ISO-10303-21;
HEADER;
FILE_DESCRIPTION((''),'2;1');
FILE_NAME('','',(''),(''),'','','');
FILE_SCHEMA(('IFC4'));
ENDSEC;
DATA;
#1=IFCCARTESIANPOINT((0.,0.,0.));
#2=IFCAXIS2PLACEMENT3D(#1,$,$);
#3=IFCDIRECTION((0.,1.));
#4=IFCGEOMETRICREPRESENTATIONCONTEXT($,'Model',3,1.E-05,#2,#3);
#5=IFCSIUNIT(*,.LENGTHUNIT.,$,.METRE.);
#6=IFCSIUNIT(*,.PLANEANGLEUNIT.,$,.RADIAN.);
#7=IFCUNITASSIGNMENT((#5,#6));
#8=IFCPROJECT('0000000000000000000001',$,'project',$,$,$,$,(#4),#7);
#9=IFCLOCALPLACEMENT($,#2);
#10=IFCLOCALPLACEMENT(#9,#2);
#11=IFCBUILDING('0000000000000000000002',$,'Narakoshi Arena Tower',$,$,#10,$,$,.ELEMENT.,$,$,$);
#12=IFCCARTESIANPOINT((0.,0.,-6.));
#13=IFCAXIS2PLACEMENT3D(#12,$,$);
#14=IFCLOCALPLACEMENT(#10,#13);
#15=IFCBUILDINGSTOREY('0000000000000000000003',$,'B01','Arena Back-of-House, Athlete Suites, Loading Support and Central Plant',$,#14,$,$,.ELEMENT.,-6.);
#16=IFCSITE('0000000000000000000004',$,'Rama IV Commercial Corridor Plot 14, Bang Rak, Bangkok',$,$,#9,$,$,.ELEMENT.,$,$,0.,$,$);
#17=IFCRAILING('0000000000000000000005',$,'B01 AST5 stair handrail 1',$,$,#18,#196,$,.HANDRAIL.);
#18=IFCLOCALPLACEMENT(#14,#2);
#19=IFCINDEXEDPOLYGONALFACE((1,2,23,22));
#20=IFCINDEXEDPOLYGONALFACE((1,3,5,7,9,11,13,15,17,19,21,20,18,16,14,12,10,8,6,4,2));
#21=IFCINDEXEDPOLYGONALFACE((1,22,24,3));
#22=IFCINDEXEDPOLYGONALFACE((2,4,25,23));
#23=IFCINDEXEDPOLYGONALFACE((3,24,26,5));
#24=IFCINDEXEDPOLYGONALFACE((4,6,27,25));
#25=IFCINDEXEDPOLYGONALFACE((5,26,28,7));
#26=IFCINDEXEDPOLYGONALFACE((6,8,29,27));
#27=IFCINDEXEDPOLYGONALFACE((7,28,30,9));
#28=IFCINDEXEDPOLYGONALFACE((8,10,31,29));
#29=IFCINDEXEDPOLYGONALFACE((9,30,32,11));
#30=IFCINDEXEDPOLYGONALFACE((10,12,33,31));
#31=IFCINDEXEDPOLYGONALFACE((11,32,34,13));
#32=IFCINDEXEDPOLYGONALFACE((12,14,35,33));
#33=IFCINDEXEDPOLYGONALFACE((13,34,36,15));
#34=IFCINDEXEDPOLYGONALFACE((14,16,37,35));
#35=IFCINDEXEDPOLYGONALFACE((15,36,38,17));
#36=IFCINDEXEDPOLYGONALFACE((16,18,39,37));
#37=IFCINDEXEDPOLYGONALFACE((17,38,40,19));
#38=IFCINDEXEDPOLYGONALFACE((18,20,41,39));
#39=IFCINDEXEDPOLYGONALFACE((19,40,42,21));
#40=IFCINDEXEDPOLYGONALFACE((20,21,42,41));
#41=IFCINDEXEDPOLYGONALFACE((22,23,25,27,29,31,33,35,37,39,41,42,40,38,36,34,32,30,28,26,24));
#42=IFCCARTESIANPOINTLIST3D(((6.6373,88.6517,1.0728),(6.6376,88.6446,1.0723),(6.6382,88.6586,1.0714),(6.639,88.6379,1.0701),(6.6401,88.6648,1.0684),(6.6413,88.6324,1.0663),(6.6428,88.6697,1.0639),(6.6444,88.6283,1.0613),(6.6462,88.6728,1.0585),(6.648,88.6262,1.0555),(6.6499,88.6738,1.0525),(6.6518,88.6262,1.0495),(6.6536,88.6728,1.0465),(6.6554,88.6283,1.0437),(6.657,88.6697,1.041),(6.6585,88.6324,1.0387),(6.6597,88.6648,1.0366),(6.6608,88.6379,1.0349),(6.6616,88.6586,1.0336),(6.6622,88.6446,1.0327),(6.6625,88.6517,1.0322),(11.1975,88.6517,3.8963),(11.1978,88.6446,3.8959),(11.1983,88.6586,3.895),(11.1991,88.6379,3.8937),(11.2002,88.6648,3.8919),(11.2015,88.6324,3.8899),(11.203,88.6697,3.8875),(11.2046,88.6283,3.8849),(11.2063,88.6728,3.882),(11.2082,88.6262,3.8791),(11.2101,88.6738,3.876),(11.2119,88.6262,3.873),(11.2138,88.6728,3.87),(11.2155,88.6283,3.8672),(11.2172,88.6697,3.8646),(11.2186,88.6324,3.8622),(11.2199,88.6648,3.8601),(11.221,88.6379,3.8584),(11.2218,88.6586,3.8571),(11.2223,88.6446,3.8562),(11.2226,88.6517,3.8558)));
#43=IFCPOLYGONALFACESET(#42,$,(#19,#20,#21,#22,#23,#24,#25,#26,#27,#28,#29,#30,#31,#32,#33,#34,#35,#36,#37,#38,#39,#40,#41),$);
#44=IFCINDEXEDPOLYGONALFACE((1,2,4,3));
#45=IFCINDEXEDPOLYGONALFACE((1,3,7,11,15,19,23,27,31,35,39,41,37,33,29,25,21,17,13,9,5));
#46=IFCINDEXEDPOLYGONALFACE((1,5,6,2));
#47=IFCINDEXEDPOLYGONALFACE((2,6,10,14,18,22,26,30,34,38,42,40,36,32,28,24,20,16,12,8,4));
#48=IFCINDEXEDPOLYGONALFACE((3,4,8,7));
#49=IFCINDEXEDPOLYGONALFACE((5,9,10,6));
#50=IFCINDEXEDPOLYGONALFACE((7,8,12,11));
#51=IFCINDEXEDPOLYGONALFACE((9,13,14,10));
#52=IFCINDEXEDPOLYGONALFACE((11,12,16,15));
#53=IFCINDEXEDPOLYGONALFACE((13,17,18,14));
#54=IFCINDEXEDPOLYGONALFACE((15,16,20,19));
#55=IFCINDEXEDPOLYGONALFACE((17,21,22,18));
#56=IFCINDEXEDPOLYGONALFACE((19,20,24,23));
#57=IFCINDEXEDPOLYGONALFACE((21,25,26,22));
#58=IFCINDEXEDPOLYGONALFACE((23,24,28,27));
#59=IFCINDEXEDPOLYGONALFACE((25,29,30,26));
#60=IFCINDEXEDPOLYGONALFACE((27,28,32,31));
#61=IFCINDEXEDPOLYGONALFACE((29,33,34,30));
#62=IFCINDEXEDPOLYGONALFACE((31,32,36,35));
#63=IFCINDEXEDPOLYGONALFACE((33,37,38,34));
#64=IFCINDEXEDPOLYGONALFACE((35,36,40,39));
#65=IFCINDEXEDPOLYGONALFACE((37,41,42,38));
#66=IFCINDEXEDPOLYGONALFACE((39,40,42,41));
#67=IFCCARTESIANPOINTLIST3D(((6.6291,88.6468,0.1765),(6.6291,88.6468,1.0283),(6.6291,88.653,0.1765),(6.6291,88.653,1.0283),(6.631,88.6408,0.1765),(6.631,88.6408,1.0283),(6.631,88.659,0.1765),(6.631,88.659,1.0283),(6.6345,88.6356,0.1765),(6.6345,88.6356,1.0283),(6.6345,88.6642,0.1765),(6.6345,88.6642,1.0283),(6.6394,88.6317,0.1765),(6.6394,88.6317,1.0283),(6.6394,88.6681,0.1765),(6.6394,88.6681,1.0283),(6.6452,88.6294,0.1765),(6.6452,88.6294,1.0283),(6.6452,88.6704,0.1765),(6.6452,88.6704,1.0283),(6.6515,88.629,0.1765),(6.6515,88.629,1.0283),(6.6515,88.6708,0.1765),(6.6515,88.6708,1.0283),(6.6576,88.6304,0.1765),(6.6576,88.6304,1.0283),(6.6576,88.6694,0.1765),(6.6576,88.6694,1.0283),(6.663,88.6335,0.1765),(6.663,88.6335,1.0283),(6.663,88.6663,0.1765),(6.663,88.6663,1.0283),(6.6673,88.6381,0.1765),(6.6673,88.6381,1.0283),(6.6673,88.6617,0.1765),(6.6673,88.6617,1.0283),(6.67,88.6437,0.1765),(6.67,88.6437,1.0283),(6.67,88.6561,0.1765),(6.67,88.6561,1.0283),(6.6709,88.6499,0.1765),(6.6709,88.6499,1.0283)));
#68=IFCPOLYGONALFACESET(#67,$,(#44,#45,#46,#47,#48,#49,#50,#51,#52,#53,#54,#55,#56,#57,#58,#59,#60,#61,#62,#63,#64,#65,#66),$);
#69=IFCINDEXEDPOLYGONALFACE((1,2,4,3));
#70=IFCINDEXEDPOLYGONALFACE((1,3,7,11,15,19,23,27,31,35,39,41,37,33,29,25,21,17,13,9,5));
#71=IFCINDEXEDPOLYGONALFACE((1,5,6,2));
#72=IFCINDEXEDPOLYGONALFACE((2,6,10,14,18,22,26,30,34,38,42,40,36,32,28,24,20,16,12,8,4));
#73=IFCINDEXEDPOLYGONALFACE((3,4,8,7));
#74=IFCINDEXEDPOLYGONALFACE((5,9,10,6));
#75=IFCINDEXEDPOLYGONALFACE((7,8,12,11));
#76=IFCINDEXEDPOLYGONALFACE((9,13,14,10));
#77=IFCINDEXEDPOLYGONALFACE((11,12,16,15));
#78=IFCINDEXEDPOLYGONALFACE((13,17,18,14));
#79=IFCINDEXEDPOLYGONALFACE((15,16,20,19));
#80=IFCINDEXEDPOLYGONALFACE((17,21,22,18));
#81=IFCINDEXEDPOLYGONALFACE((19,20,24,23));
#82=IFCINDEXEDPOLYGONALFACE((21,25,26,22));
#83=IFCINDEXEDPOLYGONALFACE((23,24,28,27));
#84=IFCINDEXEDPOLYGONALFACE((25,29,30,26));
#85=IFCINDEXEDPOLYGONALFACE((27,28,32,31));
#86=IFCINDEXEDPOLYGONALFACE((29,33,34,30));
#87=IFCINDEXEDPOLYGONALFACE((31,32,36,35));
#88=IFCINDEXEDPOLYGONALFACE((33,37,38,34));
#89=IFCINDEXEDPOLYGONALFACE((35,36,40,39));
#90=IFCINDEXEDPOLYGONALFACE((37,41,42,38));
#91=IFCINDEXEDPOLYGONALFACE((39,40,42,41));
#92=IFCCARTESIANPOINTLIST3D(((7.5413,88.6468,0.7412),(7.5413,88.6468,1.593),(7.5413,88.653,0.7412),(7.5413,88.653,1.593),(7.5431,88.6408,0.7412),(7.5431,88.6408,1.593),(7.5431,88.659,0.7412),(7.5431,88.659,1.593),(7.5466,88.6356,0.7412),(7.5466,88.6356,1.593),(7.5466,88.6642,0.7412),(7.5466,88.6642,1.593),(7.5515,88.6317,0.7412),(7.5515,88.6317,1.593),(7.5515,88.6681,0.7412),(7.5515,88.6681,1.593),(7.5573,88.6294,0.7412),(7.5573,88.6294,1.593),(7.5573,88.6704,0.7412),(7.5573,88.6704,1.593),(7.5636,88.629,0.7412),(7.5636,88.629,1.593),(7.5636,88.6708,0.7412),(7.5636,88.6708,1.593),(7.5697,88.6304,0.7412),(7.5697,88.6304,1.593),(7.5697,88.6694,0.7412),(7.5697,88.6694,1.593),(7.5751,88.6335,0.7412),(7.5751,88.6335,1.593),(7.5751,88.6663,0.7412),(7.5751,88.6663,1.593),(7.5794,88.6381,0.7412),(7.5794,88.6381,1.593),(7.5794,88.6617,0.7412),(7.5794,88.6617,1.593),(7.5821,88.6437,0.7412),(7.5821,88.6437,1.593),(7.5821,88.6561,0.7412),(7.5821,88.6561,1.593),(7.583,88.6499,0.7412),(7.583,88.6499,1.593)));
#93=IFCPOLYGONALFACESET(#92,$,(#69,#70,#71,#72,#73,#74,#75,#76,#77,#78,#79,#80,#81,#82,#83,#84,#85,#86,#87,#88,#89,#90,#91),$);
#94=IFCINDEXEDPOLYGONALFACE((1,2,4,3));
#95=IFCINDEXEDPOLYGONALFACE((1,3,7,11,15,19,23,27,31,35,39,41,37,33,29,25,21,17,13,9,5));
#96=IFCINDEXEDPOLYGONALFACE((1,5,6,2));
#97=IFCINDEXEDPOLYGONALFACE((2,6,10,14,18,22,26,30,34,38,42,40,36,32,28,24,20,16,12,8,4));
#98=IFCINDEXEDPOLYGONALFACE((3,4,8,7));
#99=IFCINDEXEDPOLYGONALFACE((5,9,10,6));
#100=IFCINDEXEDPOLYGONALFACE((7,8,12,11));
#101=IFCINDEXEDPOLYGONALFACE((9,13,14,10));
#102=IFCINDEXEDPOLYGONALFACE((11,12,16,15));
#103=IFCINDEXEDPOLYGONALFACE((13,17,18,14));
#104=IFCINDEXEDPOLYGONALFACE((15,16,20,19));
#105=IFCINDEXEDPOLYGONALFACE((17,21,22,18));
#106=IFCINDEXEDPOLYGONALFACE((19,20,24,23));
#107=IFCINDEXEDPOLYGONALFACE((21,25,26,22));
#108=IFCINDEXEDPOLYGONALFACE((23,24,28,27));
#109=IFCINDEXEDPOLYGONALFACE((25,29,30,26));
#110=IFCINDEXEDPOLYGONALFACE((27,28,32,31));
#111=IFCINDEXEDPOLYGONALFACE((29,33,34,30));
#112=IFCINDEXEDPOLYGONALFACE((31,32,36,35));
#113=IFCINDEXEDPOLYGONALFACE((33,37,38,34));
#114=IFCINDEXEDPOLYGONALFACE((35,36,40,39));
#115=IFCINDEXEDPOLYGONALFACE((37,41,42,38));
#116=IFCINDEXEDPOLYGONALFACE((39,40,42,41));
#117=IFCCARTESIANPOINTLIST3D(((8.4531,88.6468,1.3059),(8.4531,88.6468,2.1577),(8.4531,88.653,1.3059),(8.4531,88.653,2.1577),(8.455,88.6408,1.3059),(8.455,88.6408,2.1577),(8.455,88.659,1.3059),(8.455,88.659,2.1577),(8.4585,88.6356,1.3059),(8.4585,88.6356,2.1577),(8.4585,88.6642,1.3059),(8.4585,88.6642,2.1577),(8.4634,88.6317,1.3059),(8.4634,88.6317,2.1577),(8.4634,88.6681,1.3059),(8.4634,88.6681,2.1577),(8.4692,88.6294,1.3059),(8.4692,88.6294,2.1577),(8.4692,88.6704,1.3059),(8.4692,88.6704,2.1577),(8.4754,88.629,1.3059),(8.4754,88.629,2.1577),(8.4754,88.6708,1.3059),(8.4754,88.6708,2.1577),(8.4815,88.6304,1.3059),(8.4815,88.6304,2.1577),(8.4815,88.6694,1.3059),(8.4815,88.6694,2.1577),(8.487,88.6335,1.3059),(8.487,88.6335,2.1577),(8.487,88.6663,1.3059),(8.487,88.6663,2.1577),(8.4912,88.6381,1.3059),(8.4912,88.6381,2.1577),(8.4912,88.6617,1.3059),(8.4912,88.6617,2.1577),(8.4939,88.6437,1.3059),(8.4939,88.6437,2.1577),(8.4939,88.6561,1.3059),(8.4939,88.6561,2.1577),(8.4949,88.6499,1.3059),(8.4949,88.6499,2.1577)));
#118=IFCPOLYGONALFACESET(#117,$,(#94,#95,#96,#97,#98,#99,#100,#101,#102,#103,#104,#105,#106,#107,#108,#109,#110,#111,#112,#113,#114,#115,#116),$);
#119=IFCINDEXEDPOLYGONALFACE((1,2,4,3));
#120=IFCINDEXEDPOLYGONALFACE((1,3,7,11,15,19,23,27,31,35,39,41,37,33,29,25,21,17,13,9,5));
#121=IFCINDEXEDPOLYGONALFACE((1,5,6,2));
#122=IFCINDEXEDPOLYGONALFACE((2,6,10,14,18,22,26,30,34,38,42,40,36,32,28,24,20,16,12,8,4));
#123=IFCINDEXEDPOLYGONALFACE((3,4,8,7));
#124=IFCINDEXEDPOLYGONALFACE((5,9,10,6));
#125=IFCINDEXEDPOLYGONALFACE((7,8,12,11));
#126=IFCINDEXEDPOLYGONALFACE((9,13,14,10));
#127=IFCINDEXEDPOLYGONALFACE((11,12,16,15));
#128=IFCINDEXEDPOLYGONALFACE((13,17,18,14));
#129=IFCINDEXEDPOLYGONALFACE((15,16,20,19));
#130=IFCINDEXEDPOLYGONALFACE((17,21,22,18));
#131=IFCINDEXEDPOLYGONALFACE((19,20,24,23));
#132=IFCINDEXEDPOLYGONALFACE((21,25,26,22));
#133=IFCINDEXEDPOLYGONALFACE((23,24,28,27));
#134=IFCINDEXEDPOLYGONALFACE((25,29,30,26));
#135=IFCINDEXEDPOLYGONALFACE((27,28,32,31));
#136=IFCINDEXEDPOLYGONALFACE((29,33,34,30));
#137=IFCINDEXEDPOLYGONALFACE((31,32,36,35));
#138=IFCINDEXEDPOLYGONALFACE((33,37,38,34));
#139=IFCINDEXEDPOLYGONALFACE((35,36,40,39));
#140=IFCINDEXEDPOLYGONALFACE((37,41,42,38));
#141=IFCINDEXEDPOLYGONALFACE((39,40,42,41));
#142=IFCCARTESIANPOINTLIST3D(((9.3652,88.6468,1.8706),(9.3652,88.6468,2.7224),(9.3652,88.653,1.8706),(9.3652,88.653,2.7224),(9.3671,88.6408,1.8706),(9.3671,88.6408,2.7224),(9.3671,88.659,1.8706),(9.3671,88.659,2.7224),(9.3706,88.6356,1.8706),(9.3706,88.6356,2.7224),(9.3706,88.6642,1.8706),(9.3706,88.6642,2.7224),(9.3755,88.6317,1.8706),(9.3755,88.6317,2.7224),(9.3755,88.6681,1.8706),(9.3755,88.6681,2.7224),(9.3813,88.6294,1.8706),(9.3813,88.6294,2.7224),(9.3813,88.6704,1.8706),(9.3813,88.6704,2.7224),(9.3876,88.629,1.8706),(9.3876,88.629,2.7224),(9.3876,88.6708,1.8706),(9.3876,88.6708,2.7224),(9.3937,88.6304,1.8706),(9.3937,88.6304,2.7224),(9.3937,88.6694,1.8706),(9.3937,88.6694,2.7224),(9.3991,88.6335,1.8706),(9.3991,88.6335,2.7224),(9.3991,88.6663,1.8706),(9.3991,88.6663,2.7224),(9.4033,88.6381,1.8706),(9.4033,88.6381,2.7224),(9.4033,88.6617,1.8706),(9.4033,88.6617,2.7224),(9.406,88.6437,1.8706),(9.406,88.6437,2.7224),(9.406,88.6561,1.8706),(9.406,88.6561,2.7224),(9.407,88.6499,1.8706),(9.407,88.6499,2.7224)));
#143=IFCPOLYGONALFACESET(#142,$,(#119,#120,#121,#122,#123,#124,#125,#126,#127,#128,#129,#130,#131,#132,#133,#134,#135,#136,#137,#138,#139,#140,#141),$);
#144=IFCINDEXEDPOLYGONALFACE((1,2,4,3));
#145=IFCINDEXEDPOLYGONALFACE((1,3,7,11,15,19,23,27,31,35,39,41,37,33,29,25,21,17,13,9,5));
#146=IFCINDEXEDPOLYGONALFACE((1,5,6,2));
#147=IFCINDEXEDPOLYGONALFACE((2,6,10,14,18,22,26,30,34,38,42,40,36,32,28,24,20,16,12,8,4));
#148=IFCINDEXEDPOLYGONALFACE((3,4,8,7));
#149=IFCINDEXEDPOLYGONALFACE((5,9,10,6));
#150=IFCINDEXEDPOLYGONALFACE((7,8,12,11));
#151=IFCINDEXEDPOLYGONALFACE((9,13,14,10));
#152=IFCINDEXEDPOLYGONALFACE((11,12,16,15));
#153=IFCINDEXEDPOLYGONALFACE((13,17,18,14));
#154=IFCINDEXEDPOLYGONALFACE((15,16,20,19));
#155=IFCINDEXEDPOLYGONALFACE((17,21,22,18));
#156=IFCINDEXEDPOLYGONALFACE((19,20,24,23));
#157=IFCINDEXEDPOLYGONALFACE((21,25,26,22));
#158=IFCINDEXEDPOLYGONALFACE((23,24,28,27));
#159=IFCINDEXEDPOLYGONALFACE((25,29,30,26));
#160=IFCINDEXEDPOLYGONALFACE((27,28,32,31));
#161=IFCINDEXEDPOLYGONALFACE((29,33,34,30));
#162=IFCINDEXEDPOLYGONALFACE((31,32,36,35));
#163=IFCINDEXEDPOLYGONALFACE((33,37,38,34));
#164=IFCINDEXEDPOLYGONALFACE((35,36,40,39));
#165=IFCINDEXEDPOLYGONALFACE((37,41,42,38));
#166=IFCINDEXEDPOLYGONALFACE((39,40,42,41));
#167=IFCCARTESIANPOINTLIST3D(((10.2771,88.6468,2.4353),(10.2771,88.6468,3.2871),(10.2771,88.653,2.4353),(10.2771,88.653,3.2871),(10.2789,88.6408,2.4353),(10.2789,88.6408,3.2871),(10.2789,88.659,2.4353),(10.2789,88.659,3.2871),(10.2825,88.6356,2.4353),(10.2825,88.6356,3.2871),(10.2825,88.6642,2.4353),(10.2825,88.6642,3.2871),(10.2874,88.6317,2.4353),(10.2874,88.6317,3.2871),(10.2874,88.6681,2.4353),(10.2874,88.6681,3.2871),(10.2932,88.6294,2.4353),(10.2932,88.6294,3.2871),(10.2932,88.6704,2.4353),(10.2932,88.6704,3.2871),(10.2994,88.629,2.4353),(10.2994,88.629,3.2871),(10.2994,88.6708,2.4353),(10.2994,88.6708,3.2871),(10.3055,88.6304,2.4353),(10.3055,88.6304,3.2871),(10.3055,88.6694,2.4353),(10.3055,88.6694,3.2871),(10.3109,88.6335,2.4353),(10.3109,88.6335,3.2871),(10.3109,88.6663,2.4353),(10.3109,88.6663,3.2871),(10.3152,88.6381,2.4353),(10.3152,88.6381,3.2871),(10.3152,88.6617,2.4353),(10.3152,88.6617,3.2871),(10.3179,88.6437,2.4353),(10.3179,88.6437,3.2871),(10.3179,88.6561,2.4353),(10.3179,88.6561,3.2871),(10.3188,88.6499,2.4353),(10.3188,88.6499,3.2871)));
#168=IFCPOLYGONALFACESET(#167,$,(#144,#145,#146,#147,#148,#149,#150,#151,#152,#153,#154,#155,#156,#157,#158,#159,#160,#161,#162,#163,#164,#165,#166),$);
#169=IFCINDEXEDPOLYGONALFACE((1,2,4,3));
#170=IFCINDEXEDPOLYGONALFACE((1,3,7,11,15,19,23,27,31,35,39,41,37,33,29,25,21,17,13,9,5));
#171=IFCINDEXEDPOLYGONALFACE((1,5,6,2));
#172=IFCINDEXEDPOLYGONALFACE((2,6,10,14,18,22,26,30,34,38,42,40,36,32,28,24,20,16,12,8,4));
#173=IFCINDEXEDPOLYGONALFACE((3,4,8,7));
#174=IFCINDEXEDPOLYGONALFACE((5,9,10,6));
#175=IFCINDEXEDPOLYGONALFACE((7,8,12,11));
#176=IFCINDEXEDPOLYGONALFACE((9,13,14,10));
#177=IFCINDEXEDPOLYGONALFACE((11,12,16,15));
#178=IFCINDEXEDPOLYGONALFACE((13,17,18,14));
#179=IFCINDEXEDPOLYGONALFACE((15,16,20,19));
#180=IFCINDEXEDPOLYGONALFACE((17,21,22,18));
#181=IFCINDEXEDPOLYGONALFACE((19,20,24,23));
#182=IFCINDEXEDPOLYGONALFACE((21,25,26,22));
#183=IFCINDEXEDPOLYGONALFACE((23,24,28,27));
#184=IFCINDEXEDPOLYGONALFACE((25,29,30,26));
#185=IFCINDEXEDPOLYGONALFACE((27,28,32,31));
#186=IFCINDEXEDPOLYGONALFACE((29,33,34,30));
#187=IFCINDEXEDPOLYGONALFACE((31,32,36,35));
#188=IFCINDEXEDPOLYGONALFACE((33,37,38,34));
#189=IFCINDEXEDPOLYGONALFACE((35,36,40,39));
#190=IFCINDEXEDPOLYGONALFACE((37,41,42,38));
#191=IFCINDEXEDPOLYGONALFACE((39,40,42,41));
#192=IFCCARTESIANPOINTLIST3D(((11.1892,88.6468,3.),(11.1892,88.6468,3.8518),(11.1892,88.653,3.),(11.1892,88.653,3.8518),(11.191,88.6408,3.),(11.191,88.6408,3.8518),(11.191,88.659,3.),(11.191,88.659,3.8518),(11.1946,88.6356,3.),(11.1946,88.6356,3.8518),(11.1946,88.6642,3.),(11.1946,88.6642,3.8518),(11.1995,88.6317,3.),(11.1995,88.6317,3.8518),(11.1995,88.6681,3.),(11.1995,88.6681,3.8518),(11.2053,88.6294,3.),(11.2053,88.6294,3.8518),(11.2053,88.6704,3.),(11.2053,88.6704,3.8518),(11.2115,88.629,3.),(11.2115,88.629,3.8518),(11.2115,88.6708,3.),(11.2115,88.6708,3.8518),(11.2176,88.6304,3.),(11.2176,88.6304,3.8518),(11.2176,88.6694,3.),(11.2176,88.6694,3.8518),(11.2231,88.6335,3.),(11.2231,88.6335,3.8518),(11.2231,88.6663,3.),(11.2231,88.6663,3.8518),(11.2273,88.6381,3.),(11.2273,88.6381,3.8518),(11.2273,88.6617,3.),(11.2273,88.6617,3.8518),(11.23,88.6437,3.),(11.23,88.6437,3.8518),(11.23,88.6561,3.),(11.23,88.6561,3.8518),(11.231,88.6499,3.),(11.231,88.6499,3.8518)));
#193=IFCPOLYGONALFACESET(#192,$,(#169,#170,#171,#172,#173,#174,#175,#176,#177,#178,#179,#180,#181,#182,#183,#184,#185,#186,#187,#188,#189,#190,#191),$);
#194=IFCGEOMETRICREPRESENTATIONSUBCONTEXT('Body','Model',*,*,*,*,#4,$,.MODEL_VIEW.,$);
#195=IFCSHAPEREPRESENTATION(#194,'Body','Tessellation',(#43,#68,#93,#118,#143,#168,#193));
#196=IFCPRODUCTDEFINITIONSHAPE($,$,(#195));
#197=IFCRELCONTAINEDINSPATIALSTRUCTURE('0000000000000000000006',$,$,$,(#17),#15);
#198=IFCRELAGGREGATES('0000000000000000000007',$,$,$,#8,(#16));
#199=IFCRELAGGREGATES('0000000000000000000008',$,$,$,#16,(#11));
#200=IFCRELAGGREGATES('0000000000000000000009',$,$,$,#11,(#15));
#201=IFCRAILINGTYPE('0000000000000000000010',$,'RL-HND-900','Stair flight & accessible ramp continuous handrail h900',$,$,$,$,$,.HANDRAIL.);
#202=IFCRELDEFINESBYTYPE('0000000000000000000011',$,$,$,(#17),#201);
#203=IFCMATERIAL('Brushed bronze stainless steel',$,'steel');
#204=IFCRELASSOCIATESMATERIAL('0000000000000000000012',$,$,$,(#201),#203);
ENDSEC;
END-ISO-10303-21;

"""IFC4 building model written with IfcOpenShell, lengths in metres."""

from ifc_helpers import new_model, si_unit, direction, frame, origin, origin_2d, place, context, subcontext, project, spatial, circle, extrude, material, type_object, element, save


model = new_model("IFC4")

# Units and contexts
model_context = context("Model", 3, precision=1e-05, world=origin(), true_north=direction((0.0, 1.0)))
body_context = subcontext(model_context, "Body", "Model", "MODEL_VIEW")
ifc_project = project(units=[si_unit("LENGTHUNIT", "METRE"), si_unit("PLANEANGLEUNIT", "RADIAN")], contexts=[model_context])

# Site, building, storey
site_placement = place(None, origin())
site = spatial("IfcSite", under=ifc_project, at=site_placement, Name="Rama IV Commercial Corridor Plot 14, Bang Rak, Bangkok", CompositionType="ELEMENT", RefElevation=0.0)
building_placement = place(site_placement, origin())
building = spatial("IfcBuilding", under=site, at=building_placement, Name="Narakoshi Arena Tower", CompositionType="ELEMENT")
storey_placement = place(building_placement, frame((0.0, 0.0, -6.0)))
storey = spatial("IfcBuildingStorey", under=building, at=storey_placement, Name="B01", Description="Arena Back-of-House, Athlete Suites, Loading Support and Central Plant", CompositionType="ELEMENT", Elevation=-6.0)

# Railing
ifc_material_1 = material(Name="Brushed bronze stainless steel", Category="steel")
railing_type_1 = type_object("IfcRailingType", Name="RL-HND-900", Description="Stair flight & accessible ramp continuous handrail h900", PredefinedType="HANDRAIL", material=ifc_material_1)
railing_1_placement = place(storey_placement, frame((6.6499, 88.6499, 0.1765)))
element("IfcRailing", 1, at=railing_1_placement, inside=storey, type_object=railing_type_1, Name="B01 AST5 stair handrail 1", PredefinedType="HANDRAIL", context=body_context, shape_type="SweptSolid", body=[
    extrude(circle(Radius=0.0239, at=origin_2d()), frame((0.0, 0.0, 0.876), z_axis=(0.850216, 0.0, 0.526435), x_axis=(0.0, 1.0, 0.0)), (0.0, 0.0, 1.0), 5.3635),
    extrude(circle(Radius=0.021, at=origin_2d()), origin(), (0.0, 0.0, 1.0), 0.8518),
    extrude(circle(Radius=0.021, at=origin_2d()), frame((0.9121, 0.0, 0.5647)), (0.0, 0.0, 1.0), 0.8518),
    extrude(circle(Radius=0.021, at=origin_2d()), frame((1.824, 0.0, 1.1294)), (0.0, 0.0, 1.0), 0.8518),
    extrude(circle(Radius=0.021, at=origin_2d()), frame((2.7361, 0.0, 1.6941)), (0.0, 0.0, 1.0), 0.8518),
    extrude(circle(Radius=0.021, at=origin_2d()), frame((3.6479, 0.0, 2.2588)), (0.0, 0.0, 1.0), 0.8518),
    extrude(circle(Radius=0.021, at=origin_2d()), frame((4.5601, 0.0, 2.8235)), (0.0, 0.0, 1.0), 0.8518),
])

save(model, "model.ifc")
